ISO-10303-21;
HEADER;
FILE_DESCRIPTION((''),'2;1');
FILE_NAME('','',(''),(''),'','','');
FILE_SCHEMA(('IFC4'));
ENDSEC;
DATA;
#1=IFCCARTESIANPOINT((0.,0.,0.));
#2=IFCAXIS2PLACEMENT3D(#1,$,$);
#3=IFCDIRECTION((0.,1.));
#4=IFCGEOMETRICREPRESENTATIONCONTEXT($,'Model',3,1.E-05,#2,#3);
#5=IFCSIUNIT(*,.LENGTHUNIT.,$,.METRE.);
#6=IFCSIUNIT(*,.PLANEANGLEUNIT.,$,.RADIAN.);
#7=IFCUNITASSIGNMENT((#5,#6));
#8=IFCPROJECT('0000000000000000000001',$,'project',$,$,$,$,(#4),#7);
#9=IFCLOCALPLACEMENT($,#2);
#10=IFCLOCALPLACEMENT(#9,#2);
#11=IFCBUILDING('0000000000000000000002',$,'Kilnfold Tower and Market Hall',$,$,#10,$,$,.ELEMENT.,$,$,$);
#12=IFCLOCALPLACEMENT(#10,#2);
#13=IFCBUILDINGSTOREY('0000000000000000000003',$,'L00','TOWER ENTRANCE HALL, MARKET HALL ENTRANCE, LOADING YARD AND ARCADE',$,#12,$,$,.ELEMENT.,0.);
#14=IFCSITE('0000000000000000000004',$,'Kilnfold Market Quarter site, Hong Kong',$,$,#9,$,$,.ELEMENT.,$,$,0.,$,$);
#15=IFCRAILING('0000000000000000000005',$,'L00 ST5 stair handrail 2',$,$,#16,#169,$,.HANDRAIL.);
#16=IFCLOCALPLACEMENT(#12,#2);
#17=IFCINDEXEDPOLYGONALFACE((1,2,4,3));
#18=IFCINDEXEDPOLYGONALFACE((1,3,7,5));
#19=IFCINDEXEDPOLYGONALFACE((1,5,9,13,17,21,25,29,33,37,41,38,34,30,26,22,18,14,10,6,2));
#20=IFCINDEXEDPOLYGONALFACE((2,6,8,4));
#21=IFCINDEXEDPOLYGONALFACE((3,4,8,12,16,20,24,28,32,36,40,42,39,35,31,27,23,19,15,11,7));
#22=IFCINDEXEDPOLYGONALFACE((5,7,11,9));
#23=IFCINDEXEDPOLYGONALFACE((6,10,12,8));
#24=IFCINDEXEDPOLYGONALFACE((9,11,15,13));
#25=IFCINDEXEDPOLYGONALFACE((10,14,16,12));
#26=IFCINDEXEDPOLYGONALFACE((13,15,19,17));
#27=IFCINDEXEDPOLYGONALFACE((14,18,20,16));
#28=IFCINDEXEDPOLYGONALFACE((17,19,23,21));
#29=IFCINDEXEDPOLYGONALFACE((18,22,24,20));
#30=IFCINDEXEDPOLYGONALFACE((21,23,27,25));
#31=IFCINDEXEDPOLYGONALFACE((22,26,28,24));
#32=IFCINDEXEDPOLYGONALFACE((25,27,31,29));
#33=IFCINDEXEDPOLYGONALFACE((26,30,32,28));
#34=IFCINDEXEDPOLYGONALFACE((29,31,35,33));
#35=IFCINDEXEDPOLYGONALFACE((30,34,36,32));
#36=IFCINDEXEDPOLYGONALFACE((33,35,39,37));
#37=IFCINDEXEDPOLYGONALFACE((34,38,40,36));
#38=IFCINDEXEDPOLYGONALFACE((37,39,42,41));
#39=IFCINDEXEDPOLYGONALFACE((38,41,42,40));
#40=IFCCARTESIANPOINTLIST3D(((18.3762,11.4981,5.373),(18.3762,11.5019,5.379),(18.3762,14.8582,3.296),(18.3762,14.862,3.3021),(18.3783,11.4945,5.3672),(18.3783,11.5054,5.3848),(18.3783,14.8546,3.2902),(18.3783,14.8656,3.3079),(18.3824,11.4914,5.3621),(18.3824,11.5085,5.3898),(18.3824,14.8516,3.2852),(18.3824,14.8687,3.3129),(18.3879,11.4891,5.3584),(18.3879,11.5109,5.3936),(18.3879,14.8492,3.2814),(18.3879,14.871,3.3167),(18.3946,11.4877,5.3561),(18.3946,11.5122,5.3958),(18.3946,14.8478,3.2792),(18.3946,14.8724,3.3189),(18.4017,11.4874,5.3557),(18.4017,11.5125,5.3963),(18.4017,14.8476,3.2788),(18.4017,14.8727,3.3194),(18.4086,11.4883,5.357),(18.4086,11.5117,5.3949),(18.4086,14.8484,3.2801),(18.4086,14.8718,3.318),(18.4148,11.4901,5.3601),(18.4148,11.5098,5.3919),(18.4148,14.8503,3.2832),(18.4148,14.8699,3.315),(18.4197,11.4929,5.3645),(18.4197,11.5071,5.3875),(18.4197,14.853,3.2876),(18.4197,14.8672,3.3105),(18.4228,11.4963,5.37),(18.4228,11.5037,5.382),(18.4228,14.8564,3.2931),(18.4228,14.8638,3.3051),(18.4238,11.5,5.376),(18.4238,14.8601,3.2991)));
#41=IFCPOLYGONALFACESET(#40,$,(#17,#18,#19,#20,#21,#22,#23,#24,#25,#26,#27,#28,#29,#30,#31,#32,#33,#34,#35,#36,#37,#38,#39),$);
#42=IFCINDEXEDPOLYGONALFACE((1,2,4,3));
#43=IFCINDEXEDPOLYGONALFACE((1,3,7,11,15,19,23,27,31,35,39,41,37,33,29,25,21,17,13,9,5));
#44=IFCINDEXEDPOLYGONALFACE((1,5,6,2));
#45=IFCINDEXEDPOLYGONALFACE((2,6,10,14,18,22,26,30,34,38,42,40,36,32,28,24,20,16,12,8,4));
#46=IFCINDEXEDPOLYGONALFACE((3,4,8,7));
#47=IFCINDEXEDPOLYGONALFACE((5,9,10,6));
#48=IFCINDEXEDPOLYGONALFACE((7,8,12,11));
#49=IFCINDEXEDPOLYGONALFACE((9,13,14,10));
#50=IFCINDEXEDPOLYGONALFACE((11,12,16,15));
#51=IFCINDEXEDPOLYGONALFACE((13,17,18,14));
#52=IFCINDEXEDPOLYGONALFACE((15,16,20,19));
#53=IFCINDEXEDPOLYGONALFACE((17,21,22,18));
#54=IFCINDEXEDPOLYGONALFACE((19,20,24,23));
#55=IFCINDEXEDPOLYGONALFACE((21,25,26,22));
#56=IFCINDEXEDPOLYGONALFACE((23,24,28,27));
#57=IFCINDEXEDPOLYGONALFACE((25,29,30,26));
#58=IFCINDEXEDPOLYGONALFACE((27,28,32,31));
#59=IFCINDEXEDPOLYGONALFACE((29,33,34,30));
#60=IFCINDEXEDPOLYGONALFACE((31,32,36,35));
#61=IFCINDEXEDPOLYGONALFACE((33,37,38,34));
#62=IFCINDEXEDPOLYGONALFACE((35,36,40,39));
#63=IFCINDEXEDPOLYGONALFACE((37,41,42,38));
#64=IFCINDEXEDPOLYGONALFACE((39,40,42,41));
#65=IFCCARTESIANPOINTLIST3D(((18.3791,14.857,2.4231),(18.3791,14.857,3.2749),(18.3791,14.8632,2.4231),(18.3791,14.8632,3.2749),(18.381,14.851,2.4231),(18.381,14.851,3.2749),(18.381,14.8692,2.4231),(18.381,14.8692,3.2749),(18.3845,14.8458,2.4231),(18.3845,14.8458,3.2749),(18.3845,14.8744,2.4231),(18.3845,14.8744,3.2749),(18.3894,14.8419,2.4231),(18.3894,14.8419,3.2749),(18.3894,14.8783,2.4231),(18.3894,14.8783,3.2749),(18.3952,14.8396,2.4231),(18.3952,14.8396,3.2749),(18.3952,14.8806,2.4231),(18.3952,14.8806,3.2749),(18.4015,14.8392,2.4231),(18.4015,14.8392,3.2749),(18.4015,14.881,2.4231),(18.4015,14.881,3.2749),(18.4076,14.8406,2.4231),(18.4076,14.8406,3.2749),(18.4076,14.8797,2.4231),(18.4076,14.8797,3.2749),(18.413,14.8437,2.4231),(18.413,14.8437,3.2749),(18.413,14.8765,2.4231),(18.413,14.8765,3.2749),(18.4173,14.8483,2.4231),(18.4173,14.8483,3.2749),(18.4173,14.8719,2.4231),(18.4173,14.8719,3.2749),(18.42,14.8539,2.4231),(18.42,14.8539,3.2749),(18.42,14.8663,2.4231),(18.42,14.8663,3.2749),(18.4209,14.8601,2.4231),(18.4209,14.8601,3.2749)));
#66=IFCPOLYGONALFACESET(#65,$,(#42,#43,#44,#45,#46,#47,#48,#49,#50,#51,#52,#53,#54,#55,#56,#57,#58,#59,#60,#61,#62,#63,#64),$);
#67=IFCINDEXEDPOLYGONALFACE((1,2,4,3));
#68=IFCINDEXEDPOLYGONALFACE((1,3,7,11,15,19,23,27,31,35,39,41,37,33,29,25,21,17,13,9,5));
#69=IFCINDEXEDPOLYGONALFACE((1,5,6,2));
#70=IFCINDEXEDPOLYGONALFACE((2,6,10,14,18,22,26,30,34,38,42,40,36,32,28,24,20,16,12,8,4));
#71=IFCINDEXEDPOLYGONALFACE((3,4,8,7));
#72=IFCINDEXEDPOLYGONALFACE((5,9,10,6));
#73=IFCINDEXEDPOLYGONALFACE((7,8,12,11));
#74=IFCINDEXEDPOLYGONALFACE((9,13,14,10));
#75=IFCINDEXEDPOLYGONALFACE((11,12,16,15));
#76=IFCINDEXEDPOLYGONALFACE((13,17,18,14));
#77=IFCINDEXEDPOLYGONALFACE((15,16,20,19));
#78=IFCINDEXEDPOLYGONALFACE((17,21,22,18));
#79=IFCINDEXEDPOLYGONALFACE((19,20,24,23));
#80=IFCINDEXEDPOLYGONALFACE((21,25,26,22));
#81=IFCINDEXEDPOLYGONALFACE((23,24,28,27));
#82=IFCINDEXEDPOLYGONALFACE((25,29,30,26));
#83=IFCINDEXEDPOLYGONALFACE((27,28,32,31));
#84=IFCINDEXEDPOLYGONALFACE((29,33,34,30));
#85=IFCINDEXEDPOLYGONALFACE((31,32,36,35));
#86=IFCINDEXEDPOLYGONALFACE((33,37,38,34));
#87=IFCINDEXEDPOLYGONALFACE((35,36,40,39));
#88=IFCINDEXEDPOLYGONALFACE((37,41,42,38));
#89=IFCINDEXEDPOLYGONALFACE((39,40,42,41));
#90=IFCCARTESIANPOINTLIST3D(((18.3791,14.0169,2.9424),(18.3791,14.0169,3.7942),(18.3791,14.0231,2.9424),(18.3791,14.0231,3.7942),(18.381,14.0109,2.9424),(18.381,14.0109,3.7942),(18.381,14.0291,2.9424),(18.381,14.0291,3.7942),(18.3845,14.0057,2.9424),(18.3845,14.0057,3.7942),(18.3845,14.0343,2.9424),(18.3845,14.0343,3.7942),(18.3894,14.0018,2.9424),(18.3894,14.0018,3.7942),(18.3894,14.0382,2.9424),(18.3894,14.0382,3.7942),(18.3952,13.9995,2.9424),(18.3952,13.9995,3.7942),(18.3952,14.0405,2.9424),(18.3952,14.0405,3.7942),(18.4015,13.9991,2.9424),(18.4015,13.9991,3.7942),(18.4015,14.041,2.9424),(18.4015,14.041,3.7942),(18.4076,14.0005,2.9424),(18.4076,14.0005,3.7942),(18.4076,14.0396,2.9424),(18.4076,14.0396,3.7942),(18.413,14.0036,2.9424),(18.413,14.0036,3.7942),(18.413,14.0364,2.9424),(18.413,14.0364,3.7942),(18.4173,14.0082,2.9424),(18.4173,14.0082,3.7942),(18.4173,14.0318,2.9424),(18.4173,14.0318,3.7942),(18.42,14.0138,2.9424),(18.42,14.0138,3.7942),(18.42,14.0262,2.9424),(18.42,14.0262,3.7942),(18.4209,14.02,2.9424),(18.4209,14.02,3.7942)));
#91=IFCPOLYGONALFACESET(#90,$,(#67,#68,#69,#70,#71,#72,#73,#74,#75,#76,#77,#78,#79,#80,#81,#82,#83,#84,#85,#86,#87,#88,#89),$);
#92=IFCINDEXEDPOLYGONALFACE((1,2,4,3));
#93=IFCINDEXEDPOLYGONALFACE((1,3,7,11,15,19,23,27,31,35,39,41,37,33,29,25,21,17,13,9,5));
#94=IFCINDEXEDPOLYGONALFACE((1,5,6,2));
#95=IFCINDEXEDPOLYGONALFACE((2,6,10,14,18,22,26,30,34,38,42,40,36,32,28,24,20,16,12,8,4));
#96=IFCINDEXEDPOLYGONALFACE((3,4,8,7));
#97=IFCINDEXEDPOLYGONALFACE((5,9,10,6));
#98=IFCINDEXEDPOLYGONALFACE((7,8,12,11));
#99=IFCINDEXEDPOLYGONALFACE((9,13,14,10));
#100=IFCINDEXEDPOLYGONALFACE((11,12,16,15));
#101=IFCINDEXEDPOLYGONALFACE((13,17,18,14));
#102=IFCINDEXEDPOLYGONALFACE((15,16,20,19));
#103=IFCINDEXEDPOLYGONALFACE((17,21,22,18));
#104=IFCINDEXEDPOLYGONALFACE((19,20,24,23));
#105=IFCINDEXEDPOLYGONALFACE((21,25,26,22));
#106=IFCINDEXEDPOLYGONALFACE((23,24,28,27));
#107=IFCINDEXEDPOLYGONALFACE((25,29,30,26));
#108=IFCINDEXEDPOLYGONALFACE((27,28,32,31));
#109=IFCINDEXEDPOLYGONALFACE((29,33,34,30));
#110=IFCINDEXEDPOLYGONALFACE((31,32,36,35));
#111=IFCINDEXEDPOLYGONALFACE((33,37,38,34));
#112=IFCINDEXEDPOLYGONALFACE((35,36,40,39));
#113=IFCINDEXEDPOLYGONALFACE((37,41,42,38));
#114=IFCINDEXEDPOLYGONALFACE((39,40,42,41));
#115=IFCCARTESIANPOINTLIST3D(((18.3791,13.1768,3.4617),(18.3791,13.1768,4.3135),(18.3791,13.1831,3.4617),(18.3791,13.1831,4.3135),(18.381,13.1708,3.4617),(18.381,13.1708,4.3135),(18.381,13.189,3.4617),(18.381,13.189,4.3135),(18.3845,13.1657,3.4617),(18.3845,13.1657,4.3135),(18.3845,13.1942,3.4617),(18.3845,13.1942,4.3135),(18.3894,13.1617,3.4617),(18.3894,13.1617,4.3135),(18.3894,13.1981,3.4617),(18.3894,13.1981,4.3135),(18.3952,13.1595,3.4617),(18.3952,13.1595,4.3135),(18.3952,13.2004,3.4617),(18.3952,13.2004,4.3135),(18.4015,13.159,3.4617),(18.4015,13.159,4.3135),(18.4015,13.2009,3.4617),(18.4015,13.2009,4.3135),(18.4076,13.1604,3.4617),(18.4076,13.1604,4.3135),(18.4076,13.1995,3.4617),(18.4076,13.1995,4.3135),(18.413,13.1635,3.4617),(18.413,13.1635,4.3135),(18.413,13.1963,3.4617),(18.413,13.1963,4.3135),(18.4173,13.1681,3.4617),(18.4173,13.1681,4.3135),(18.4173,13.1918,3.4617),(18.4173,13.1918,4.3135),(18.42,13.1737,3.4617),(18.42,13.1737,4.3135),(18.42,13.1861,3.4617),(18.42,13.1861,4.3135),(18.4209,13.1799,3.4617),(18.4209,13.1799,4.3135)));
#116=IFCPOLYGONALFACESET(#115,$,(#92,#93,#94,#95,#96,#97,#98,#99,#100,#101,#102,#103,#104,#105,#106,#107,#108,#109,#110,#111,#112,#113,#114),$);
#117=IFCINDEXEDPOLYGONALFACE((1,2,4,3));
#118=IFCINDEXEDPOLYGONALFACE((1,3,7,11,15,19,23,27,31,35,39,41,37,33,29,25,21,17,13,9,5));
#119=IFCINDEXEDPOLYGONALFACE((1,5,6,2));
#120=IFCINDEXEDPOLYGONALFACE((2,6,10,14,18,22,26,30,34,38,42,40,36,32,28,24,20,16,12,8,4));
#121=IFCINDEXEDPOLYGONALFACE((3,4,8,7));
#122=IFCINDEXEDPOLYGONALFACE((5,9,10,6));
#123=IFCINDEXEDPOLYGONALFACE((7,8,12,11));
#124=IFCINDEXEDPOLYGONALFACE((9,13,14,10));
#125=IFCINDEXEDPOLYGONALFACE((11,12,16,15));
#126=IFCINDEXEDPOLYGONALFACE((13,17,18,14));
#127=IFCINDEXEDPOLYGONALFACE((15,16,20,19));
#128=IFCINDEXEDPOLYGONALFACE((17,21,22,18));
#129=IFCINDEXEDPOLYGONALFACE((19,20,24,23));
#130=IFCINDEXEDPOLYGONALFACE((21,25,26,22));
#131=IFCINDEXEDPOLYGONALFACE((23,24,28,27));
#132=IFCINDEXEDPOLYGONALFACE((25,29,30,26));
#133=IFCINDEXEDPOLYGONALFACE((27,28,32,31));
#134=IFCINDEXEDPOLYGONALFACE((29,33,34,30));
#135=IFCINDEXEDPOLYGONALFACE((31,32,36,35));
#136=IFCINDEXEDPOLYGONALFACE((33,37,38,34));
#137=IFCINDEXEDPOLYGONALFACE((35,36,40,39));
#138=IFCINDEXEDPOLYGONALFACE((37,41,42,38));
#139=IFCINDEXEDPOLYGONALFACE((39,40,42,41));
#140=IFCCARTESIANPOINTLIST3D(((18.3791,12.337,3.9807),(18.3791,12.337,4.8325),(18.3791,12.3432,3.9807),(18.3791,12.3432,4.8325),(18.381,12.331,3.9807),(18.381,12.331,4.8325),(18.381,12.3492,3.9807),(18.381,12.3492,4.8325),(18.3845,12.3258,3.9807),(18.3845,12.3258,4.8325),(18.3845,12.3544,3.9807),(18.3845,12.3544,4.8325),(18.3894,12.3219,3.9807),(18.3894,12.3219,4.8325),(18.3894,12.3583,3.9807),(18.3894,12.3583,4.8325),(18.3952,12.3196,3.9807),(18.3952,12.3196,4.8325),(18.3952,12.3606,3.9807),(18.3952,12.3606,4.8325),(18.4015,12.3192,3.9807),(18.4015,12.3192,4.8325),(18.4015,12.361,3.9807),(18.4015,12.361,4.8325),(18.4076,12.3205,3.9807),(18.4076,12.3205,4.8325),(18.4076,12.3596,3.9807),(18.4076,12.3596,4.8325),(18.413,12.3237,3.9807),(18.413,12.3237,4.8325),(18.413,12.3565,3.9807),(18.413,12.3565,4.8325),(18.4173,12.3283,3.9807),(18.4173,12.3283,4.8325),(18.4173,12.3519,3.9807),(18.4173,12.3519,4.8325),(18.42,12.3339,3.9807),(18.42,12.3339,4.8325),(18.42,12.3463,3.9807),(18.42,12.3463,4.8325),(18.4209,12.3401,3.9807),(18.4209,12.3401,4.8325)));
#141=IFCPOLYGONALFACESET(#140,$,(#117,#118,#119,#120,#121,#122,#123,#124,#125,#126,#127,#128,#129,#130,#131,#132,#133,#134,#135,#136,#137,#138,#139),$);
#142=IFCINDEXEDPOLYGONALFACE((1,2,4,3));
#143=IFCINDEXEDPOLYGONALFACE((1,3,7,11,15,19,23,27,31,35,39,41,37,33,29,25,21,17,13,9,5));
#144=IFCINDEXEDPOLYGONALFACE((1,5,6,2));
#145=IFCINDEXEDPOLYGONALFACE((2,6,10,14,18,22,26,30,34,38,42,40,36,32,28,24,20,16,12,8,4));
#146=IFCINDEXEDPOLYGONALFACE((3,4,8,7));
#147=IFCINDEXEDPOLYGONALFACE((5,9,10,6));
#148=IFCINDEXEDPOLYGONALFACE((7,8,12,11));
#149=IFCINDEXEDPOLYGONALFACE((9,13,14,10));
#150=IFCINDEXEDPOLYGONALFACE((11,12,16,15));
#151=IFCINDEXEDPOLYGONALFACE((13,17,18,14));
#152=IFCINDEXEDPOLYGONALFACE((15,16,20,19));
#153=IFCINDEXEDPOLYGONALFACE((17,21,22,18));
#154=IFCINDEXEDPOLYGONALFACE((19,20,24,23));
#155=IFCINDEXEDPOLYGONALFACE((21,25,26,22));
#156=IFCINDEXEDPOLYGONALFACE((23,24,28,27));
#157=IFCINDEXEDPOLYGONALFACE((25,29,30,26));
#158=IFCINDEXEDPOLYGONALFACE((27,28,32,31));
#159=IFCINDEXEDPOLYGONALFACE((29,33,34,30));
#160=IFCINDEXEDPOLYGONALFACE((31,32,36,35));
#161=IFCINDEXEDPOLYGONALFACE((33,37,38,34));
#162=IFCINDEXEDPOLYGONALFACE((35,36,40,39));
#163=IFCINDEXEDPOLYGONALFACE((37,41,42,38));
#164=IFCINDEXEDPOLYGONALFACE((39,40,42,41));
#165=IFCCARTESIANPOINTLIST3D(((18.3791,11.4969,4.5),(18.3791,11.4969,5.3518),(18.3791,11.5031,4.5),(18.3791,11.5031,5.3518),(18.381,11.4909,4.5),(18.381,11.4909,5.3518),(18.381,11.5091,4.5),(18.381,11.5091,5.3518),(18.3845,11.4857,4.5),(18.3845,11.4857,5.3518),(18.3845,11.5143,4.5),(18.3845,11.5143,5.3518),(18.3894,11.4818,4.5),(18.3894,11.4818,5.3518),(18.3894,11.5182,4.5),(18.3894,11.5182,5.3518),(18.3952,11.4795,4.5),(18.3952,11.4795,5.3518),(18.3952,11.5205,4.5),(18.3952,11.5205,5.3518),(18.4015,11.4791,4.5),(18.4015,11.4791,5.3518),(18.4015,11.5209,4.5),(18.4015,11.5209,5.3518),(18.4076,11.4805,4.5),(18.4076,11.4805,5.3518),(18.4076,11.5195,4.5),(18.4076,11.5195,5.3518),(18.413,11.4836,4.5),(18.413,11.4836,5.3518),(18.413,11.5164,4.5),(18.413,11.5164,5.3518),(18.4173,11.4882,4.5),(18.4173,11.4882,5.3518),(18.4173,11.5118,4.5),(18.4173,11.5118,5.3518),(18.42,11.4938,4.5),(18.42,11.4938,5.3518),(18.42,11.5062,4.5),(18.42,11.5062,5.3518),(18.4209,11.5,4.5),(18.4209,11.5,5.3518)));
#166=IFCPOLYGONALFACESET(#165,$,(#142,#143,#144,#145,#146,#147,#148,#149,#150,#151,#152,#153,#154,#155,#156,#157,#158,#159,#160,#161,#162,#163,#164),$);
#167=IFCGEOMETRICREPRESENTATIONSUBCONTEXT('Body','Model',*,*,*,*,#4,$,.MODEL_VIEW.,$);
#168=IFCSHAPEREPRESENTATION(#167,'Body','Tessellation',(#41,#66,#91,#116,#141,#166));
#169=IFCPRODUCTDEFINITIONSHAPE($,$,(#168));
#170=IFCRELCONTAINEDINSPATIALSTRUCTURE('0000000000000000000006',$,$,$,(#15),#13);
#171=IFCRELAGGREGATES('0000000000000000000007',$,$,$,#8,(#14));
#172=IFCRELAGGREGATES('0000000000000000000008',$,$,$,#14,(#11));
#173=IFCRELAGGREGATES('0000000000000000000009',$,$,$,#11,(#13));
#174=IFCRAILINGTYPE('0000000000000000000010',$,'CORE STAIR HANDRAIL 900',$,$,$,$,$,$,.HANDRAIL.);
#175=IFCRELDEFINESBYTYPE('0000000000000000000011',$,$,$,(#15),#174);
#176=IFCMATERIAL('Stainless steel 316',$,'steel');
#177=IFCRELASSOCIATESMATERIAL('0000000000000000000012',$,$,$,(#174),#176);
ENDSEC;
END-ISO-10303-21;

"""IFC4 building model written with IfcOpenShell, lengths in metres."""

from ifc_helpers import new_model, si_unit, direction, frame, origin, origin_2d, place, context, subcontext, project, spatial, circle, extrude, material, type_object, element, save


model = new_model("IFC4")

# Units and contexts
model_context = context("Model", 3, precision=1e-05, world=origin(), true_north=direction((0.0, 1.0)))
body_context = subcontext(model_context, "Body", "Model", "MODEL_VIEW")
ifc_project = project(units=[si_unit("LENGTHUNIT", "METRE"), si_unit("PLANEANGLEUNIT", "RADIAN")], contexts=[model_context])

# Site, building, storey
site_placement = place(None, origin())
site = spatial("IfcSite", under=ifc_project, at=site_placement, Name="Kilnfold Market Quarter site, Hong Kong", CompositionType="ELEMENT", RefElevation=0.0)
building_placement = place(site_placement, origin())
building = spatial("IfcBuilding", under=site, at=building_placement, Name="Kilnfold Tower and Market Hall", CompositionType="ELEMENT")
storey_placement = place(building_placement, origin())
storey = spatial("IfcBuildingStorey", under=building, at=storey_placement, Name="L00", Description="TOWER ENTRANCE HALL, MARKET HALL ENTRANCE, LOADING YARD AND ARCADE", CompositionType="ELEMENT", Elevation=0.0)

# Railing
ifc_material_1 = material(Name="Stainless steel 316", Category="steel")
railing_type_1 = type_object("IfcRailingType", Name="CORE STAIR HANDRAIL 900", PredefinedType="HANDRAIL", material=ifc_material_1)
railing_1_placement = place(storey_placement, frame((18.3999, 14.8601, 2.4231)))
element("IfcRailing", 1, at=railing_1_placement, inside=storey, type_object=railing_type_1, Name="L00 ST5 stair handrail 2", PredefinedType="HANDRAIL", context=body_context, shape_type="SweptSolid", body=[
    extrude(circle(Radius=0.0239, at=origin_2d()), frame((0.0, 0.0, 0.876), z_axis=(0.0, -0.850623, 0.525776), x_axis=(1.0, 0.0, 0.0)), (0.0, 0.0, 1.0), 3.9502),
    extrude(circle(Radius=0.021, at=origin_2d()), origin(), (0.0, 0.0, 1.0), 0.8518),
    extrude(circle(Radius=0.021, at=origin_2d()), frame((0.0, -0.8401, 0.5193)), (0.0, 0.0, 1.0), 0.8518),
    extrude(circle(Radius=0.021, at=origin_2d()), frame((0.0, -1.6802, 1.0386)), (0.0, 0.0, 1.0), 0.8518),
    extrude(circle(Radius=0.021, at=origin_2d()), frame((0.0, -2.52, 1.5576)), (0.0, 0.0, 1.0), 0.8518),
    extrude(circle(Radius=0.021, at=origin_2d()), frame((0.0, -3.3601, 2.0769)), (0.0, 0.0, 1.0), 0.8518),
])

save(model, "model.ifc")
